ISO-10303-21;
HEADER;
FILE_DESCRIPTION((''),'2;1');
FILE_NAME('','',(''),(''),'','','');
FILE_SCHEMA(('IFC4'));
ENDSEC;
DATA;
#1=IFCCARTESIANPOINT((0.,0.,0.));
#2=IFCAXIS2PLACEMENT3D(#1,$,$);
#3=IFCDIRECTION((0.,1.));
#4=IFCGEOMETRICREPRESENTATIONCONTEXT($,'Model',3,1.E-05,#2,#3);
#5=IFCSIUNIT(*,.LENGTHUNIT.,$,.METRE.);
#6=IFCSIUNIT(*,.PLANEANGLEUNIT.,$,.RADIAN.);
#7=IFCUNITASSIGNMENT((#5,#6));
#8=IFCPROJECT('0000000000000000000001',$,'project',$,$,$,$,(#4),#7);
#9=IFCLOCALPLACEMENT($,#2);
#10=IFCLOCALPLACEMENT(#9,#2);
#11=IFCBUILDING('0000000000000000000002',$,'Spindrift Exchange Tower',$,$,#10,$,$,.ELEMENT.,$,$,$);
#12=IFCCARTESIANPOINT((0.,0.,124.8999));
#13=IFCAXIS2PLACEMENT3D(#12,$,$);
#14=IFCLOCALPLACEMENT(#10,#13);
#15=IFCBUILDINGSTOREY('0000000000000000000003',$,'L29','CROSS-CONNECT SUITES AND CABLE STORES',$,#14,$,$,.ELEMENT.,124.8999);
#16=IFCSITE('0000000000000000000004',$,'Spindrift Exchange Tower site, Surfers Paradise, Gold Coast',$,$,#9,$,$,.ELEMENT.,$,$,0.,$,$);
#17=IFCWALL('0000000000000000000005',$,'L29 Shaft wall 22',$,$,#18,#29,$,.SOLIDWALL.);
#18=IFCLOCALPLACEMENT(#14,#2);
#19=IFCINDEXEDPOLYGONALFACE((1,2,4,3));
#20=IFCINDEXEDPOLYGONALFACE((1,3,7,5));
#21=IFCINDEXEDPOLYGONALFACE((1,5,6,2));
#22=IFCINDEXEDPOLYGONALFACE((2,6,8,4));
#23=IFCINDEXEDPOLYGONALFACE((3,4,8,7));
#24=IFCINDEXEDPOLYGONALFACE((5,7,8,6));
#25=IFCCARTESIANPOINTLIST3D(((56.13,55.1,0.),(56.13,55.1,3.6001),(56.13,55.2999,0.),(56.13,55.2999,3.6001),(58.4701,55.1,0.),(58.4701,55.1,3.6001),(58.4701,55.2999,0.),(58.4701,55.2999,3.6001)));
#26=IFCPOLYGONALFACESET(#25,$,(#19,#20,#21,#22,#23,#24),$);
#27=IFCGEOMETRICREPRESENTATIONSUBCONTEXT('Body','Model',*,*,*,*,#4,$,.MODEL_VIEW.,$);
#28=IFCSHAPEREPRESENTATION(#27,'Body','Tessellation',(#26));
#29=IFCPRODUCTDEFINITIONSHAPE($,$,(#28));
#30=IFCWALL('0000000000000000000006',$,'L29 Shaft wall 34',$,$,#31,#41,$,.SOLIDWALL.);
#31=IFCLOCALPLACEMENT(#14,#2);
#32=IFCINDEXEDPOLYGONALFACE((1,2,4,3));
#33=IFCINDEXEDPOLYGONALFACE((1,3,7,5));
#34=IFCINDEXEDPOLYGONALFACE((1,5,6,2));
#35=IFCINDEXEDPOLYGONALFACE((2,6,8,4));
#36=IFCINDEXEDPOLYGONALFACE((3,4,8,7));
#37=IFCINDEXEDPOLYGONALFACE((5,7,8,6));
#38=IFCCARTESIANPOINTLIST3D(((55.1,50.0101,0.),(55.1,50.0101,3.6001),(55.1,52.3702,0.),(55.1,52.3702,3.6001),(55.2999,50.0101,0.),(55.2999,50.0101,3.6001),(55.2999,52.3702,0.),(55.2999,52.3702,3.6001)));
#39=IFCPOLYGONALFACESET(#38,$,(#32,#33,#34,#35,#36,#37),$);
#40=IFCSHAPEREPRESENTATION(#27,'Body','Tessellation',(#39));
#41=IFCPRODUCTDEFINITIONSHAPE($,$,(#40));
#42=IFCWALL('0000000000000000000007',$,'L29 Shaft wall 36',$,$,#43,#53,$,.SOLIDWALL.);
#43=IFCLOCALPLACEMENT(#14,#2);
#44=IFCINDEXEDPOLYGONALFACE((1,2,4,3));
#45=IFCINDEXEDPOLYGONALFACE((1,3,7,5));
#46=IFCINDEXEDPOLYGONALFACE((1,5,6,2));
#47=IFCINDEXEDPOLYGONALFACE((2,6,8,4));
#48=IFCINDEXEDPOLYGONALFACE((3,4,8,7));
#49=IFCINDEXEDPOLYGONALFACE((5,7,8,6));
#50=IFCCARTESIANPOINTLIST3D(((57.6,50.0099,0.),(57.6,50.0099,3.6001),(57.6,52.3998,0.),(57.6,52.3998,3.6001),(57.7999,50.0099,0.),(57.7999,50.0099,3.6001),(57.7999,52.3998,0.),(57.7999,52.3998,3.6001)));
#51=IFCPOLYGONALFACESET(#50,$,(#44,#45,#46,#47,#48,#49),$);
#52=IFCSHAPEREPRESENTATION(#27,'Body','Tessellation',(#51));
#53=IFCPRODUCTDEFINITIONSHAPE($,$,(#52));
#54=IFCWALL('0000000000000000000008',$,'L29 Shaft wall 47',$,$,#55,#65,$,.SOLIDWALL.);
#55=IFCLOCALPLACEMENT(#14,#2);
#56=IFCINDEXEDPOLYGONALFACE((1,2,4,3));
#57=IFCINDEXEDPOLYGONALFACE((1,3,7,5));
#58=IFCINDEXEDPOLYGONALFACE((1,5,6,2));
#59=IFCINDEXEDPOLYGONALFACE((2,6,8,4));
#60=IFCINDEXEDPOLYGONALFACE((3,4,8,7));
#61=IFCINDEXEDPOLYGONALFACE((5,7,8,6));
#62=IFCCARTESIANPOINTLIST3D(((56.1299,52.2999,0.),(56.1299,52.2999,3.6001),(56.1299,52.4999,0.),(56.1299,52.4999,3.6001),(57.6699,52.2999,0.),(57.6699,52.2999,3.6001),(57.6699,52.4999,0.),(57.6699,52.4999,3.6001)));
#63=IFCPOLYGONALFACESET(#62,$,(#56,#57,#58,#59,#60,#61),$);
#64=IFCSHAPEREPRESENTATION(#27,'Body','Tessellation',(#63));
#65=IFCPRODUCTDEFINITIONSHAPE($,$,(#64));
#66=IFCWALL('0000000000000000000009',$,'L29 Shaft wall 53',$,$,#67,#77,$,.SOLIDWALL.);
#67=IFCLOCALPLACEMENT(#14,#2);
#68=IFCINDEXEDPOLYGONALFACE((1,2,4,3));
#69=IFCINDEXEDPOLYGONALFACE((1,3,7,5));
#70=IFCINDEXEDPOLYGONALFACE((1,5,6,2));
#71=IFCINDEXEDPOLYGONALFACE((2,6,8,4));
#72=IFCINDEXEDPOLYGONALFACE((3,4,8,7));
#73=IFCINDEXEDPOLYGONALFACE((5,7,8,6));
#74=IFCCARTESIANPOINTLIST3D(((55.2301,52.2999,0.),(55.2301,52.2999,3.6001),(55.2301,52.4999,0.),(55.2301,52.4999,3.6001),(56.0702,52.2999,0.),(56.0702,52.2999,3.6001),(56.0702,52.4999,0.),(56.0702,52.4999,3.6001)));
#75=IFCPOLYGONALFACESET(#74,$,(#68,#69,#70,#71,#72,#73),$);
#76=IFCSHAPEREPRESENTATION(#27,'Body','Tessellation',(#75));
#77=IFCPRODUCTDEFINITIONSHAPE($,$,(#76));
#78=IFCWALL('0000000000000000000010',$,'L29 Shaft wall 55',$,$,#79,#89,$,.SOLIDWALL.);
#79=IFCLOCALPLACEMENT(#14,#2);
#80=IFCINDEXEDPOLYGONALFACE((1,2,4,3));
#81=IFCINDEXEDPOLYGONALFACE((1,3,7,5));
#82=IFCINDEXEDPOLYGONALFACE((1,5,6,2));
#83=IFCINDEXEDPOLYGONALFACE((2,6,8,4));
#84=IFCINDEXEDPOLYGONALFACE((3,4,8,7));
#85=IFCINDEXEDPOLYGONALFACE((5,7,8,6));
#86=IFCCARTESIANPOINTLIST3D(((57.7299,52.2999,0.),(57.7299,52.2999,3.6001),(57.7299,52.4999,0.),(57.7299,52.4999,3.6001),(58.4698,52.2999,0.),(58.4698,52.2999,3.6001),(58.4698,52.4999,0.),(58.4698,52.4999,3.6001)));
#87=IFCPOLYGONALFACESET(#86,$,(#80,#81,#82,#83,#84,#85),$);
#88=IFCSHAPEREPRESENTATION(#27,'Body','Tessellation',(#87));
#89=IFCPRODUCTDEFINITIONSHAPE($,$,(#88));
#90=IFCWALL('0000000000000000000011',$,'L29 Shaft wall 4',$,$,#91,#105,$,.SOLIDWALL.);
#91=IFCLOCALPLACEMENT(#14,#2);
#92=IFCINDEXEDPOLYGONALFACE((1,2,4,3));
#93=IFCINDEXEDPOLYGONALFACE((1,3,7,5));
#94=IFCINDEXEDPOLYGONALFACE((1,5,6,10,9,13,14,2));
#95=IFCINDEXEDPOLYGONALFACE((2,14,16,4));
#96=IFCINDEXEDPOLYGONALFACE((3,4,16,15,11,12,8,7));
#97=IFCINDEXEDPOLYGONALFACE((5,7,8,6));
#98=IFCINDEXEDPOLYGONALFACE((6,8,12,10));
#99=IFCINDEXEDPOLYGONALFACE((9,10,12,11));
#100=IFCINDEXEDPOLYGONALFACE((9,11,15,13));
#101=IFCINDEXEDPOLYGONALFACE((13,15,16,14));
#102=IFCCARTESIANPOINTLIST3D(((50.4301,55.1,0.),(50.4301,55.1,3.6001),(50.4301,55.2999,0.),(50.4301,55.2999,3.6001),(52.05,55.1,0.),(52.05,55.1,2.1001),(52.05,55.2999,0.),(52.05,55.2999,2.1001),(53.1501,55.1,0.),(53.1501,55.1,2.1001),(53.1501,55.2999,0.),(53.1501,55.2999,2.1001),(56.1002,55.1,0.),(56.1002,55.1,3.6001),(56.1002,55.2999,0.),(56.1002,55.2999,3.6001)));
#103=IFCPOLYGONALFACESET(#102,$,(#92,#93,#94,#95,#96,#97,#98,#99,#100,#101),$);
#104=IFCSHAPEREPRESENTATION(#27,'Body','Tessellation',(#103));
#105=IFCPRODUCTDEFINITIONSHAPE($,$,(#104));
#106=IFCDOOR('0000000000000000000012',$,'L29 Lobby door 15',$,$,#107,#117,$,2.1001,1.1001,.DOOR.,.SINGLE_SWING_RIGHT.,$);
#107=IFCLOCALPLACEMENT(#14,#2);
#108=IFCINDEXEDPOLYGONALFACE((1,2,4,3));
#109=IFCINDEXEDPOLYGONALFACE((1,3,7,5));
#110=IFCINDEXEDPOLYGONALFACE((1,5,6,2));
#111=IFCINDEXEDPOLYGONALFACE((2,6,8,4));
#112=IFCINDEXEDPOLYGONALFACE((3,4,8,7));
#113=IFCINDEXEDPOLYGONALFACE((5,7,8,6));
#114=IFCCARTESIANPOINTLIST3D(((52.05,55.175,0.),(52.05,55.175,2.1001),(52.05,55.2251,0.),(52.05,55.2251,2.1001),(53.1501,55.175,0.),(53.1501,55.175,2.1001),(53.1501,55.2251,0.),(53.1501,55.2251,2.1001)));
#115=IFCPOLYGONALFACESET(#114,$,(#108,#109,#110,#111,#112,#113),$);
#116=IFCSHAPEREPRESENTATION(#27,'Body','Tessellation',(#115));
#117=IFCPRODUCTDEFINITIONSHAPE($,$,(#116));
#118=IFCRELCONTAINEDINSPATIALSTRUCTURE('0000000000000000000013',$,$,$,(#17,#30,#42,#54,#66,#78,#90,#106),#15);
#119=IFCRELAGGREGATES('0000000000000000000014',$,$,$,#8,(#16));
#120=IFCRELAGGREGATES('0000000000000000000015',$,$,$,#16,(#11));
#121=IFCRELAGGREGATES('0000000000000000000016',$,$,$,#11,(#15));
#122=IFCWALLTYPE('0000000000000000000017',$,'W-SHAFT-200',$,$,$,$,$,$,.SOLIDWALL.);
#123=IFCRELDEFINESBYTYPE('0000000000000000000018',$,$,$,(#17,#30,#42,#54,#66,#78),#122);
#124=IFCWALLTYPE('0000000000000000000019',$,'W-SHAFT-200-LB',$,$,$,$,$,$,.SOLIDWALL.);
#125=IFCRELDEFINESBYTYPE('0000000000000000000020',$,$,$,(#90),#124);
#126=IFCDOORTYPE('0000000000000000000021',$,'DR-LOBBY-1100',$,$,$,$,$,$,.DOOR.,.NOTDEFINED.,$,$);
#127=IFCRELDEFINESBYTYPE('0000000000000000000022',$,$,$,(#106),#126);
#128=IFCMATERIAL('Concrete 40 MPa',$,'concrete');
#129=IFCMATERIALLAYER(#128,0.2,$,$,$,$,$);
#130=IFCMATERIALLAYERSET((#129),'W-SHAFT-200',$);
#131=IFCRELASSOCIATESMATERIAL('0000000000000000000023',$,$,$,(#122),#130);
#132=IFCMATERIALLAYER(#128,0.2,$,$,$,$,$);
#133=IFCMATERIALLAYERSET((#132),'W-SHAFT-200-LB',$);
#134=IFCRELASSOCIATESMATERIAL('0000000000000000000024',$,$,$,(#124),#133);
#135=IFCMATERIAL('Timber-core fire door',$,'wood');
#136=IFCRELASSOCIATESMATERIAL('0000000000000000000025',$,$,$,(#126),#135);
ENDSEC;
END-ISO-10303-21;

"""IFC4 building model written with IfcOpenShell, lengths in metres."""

from ifc_helpers import new_model, si_unit, direction, frame, frame_2d, origin, place, context, subcontext, project, spatial, rectangle, extrude, source, transform, mapped, material, layer, layer_set, type_object, element, fill, save


model = new_model("IFC4")

# Units and contexts
model_context = context("Model", 3, precision=1e-05, world=origin(), true_north=direction((0.0, 1.0)))
body_context = subcontext(model_context, "Body", "Model", "MODEL_VIEW")
ifc_project = project(units=[si_unit("LENGTHUNIT", "METRE"), si_unit("PLANEANGLEUNIT", "RADIAN")], contexts=[model_context])

# Site, building, storey
site_placement = place(None, origin())
site = spatial("IfcSite", under=ifc_project, at=site_placement, Name="Spindrift Exchange Tower site, Surfers Paradise, Gold Coast", CompositionType="ELEMENT", RefElevation=0.0)
building_placement = place(site_placement, origin())
building = spatial("IfcBuilding", under=site, at=building_placement, Name="Spindrift Exchange Tower", CompositionType="ELEMENT")
storey_placement = place(building_placement, frame((0.0, 0.0, 124.8999)))
storey = spatial("IfcBuildingStorey", under=building, at=storey_placement, Name="L29", Description="CROSS-CONNECT SUITES AND CABLE STORES", CompositionType="ELEMENT", Elevation=124.8999)

# Shared definitions
ifc_material_1 = material(Name="Concrete 40 MPa", Category="concrete")
ifc_layer_1 = layer(ifc_material_1, 0.2)
ifc_layer_set_1 = layer_set([ifc_layer_1], Name="W-SHAFT-200")
wall_type_1 = type_object("IfcWallType", Name="W-SHAFT-200", PredefinedType="SOLIDWALL", material=ifc_layer_set_1)

# Walls
wall_1_placement = place(storey_placement, frame((58.47, 55.2, 0.0), z_axis=(0.0, 0.0, 1.0), x_axis=(-1.0, 0.0, 0.0)))
element("IfcWall", 1, at=wall_1_placement, inside=storey, type_object=wall_type_1, Name="L29 Shaft wall 22", PredefinedType="SOLIDWALL", context=body_context, shape_type="SweptSolid", body=[
    extrude(rectangle(XDim=2.3401, YDim=0.2, at=frame_2d((1.1699, 0.0))), origin(), (0.0, 0.0, 1.0), 3.6001),
])
wall_2_placement = place(storey_placement, frame((55.2, 50.01, 0.0), z_axis=(0.0, 0.0, 1.0), x_axis=(0.0, 1.0, 0.0)))
element("IfcWall", 2, at=wall_2_placement, inside=storey, type_object=wall_type_1, Name="L29 Shaft wall 34", PredefinedType="SOLIDWALL", context=body_context, shape_type="SweptSolid", body=[
    extrude(rectangle(XDim=2.3601, YDim=0.2, at=frame_2d((1.1802, 0.0))), origin(), (0.0, 0.0, 1.0), 3.6001),
])
wall_3_placement = place(storey_placement, frame((57.7, 50.01, 0.0), z_axis=(0.0, 0.0, 1.0), x_axis=(0.0, 1.0, 0.0)))
element("IfcWall", 3, at=wall_3_placement, inside=storey, type_object=wall_type_1, Name="L29 Shaft wall 36", PredefinedType="SOLIDWALL", context=body_context, shape_type="SweptSolid", body=[
    extrude(rectangle(XDim=2.3899, YDim=0.2, at=frame_2d((1.1948, 0.0))), origin(), (0.0, 0.0, 1.0), 3.6001),
])
wall_4_placement = place(storey_placement, frame((57.6699, 52.3999, 0.0), z_axis=(0.0, 0.0, 1.0), x_axis=(-1.0, 0.0, 0.0)))
element("IfcWall", 4, at=wall_4_placement, inside=storey, type_object=wall_type_1, Name="L29 Shaft wall 47", PredefinedType="SOLIDWALL", context=body_context, shape_type="SweptSolid", body=[
    extrude(rectangle(XDim=1.54, YDim=0.2, at=frame_2d((0.77, 0.0))), origin(), (0.0, 0.0, 1.0), 3.6001),
])
wall_5_placement = place(storey_placement, frame((56.0701, 52.3999, 0.0), z_axis=(0.0, 0.0, 1.0), x_axis=(-1.0, 0.0, 0.0)))
element("IfcWall", 5, at=wall_5_placement, inside=storey, type_object=wall_type_1, Name="L29 Shaft wall 53", PredefinedType="SOLIDWALL", context=body_context, shape_type="SweptSolid", body=[
    extrude(rectangle(XDim=0.8401, YDim=0.2, at=frame_2d((0.4199, 0.0))), origin(), (0.0, 0.0, 1.0), 3.6001),
])
wall_6_placement = place(storey_placement, frame((58.47, 52.3999, 0.0), z_axis=(0.0, 0.0, 1.0), x_axis=(-1.0, 0.0, 0.0)))
element("IfcWall", 6, at=wall_6_placement, inside=storey, type_object=wall_type_1, Name="L29 Shaft wall 55", PredefinedType="SOLIDWALL", context=body_context, shape_type="SweptSolid", body=[
    extrude(rectangle(XDim=0.74, YDim=0.2, at=frame_2d((0.3701, 0.0))), origin(), (0.0, 0.0, 1.0), 3.6001),
])

# Wall, opening, door
ifc_layer_2 = layer(ifc_material_1, 0.2)
ifc_layer_set_2 = layer_set([ifc_layer_2], Name="W-SHAFT-200-LB")
wall_type_2 = type_object("IfcWallType", Name="W-SHAFT-200-LB", PredefinedType="SOLIDWALL", material=ifc_layer_set_2)
wall_7_placement = place(storey_placement, frame((56.1001, 55.2, 0.0), z_axis=(0.0, 0.0, 1.0), x_axis=(-1.0, 0.0, 0.0)))
wall_7 = element("IfcWall", 7, at=wall_7_placement, inside=storey, type_object=wall_type_2, Name="L29 Shaft wall 4", PredefinedType="SOLIDWALL", context=body_context, shape_type="SweptSolid", body=[
    extrude(rectangle(XDim=5.6702, YDim=0.2, at=frame_2d((2.835, 0.0))), origin(), (0.0, 0.0, 1.0), 3.6001),
])
opening_1_placement = place(wall_7_placement, frame((2.95, 0.0, 0.0)))
opening_1 = element("IfcOpeningElement", 8, at=opening_1_placement, cuts=wall_7, PredefinedType="OPENING", context=body_context, shape_type="SweptSolid", body=[
    extrude(rectangle(XDim=1.1001, YDim=2.1001, at=frame_2d((0.55, 1.05))), frame((0.0, 0.1099, 0.0), z_axis=(0.0, -1.0, 0.0), x_axis=(1.0, 0.0, 0.0)), (0.0, 0.0, 1.0), 0.22),
])
ifc_material_2 = material(Name="Timber-core fire door", Category="wood")
door_type_1 = type_object("IfcDoorType", Name="DR-LOBBY-1100", OperationType="NOTDEFINED", PredefinedType="DOOR", material=ifc_material_2)
shared_shape_1 = source(origin(), body_context, "Body", "SweptSolid", [
    extrude(rectangle(XDim=1.1001, YDim=2.1001, at=frame_2d((0.55, 1.05))), frame((0.0, 0.0249, 0.0), z_axis=(0.0, -1.0, 0.0), x_axis=(1.0, 0.0, 0.0)), (0.0, 0.0, 1.0), 0.05),
])
door_1_placement = place(opening_1_placement, origin())
door_1 = element("IfcDoor", 9, at=door_1_placement, inside=storey, type_object=door_type_1, Name="L29 Lobby door 15", OperationType="SINGLE_SWING_RIGHT", OverallHeight=2.1001, OverallWidth=1.1001, PredefinedType="DOOR", context=body_context, shape_type="MappedRepresentation", body=[
    mapped(shared_shape_1, transform((0.0, 0.0, 0.0), scale=1.0)),
])
fill(opening_1, door_1)

save(model, "model.ifc")
